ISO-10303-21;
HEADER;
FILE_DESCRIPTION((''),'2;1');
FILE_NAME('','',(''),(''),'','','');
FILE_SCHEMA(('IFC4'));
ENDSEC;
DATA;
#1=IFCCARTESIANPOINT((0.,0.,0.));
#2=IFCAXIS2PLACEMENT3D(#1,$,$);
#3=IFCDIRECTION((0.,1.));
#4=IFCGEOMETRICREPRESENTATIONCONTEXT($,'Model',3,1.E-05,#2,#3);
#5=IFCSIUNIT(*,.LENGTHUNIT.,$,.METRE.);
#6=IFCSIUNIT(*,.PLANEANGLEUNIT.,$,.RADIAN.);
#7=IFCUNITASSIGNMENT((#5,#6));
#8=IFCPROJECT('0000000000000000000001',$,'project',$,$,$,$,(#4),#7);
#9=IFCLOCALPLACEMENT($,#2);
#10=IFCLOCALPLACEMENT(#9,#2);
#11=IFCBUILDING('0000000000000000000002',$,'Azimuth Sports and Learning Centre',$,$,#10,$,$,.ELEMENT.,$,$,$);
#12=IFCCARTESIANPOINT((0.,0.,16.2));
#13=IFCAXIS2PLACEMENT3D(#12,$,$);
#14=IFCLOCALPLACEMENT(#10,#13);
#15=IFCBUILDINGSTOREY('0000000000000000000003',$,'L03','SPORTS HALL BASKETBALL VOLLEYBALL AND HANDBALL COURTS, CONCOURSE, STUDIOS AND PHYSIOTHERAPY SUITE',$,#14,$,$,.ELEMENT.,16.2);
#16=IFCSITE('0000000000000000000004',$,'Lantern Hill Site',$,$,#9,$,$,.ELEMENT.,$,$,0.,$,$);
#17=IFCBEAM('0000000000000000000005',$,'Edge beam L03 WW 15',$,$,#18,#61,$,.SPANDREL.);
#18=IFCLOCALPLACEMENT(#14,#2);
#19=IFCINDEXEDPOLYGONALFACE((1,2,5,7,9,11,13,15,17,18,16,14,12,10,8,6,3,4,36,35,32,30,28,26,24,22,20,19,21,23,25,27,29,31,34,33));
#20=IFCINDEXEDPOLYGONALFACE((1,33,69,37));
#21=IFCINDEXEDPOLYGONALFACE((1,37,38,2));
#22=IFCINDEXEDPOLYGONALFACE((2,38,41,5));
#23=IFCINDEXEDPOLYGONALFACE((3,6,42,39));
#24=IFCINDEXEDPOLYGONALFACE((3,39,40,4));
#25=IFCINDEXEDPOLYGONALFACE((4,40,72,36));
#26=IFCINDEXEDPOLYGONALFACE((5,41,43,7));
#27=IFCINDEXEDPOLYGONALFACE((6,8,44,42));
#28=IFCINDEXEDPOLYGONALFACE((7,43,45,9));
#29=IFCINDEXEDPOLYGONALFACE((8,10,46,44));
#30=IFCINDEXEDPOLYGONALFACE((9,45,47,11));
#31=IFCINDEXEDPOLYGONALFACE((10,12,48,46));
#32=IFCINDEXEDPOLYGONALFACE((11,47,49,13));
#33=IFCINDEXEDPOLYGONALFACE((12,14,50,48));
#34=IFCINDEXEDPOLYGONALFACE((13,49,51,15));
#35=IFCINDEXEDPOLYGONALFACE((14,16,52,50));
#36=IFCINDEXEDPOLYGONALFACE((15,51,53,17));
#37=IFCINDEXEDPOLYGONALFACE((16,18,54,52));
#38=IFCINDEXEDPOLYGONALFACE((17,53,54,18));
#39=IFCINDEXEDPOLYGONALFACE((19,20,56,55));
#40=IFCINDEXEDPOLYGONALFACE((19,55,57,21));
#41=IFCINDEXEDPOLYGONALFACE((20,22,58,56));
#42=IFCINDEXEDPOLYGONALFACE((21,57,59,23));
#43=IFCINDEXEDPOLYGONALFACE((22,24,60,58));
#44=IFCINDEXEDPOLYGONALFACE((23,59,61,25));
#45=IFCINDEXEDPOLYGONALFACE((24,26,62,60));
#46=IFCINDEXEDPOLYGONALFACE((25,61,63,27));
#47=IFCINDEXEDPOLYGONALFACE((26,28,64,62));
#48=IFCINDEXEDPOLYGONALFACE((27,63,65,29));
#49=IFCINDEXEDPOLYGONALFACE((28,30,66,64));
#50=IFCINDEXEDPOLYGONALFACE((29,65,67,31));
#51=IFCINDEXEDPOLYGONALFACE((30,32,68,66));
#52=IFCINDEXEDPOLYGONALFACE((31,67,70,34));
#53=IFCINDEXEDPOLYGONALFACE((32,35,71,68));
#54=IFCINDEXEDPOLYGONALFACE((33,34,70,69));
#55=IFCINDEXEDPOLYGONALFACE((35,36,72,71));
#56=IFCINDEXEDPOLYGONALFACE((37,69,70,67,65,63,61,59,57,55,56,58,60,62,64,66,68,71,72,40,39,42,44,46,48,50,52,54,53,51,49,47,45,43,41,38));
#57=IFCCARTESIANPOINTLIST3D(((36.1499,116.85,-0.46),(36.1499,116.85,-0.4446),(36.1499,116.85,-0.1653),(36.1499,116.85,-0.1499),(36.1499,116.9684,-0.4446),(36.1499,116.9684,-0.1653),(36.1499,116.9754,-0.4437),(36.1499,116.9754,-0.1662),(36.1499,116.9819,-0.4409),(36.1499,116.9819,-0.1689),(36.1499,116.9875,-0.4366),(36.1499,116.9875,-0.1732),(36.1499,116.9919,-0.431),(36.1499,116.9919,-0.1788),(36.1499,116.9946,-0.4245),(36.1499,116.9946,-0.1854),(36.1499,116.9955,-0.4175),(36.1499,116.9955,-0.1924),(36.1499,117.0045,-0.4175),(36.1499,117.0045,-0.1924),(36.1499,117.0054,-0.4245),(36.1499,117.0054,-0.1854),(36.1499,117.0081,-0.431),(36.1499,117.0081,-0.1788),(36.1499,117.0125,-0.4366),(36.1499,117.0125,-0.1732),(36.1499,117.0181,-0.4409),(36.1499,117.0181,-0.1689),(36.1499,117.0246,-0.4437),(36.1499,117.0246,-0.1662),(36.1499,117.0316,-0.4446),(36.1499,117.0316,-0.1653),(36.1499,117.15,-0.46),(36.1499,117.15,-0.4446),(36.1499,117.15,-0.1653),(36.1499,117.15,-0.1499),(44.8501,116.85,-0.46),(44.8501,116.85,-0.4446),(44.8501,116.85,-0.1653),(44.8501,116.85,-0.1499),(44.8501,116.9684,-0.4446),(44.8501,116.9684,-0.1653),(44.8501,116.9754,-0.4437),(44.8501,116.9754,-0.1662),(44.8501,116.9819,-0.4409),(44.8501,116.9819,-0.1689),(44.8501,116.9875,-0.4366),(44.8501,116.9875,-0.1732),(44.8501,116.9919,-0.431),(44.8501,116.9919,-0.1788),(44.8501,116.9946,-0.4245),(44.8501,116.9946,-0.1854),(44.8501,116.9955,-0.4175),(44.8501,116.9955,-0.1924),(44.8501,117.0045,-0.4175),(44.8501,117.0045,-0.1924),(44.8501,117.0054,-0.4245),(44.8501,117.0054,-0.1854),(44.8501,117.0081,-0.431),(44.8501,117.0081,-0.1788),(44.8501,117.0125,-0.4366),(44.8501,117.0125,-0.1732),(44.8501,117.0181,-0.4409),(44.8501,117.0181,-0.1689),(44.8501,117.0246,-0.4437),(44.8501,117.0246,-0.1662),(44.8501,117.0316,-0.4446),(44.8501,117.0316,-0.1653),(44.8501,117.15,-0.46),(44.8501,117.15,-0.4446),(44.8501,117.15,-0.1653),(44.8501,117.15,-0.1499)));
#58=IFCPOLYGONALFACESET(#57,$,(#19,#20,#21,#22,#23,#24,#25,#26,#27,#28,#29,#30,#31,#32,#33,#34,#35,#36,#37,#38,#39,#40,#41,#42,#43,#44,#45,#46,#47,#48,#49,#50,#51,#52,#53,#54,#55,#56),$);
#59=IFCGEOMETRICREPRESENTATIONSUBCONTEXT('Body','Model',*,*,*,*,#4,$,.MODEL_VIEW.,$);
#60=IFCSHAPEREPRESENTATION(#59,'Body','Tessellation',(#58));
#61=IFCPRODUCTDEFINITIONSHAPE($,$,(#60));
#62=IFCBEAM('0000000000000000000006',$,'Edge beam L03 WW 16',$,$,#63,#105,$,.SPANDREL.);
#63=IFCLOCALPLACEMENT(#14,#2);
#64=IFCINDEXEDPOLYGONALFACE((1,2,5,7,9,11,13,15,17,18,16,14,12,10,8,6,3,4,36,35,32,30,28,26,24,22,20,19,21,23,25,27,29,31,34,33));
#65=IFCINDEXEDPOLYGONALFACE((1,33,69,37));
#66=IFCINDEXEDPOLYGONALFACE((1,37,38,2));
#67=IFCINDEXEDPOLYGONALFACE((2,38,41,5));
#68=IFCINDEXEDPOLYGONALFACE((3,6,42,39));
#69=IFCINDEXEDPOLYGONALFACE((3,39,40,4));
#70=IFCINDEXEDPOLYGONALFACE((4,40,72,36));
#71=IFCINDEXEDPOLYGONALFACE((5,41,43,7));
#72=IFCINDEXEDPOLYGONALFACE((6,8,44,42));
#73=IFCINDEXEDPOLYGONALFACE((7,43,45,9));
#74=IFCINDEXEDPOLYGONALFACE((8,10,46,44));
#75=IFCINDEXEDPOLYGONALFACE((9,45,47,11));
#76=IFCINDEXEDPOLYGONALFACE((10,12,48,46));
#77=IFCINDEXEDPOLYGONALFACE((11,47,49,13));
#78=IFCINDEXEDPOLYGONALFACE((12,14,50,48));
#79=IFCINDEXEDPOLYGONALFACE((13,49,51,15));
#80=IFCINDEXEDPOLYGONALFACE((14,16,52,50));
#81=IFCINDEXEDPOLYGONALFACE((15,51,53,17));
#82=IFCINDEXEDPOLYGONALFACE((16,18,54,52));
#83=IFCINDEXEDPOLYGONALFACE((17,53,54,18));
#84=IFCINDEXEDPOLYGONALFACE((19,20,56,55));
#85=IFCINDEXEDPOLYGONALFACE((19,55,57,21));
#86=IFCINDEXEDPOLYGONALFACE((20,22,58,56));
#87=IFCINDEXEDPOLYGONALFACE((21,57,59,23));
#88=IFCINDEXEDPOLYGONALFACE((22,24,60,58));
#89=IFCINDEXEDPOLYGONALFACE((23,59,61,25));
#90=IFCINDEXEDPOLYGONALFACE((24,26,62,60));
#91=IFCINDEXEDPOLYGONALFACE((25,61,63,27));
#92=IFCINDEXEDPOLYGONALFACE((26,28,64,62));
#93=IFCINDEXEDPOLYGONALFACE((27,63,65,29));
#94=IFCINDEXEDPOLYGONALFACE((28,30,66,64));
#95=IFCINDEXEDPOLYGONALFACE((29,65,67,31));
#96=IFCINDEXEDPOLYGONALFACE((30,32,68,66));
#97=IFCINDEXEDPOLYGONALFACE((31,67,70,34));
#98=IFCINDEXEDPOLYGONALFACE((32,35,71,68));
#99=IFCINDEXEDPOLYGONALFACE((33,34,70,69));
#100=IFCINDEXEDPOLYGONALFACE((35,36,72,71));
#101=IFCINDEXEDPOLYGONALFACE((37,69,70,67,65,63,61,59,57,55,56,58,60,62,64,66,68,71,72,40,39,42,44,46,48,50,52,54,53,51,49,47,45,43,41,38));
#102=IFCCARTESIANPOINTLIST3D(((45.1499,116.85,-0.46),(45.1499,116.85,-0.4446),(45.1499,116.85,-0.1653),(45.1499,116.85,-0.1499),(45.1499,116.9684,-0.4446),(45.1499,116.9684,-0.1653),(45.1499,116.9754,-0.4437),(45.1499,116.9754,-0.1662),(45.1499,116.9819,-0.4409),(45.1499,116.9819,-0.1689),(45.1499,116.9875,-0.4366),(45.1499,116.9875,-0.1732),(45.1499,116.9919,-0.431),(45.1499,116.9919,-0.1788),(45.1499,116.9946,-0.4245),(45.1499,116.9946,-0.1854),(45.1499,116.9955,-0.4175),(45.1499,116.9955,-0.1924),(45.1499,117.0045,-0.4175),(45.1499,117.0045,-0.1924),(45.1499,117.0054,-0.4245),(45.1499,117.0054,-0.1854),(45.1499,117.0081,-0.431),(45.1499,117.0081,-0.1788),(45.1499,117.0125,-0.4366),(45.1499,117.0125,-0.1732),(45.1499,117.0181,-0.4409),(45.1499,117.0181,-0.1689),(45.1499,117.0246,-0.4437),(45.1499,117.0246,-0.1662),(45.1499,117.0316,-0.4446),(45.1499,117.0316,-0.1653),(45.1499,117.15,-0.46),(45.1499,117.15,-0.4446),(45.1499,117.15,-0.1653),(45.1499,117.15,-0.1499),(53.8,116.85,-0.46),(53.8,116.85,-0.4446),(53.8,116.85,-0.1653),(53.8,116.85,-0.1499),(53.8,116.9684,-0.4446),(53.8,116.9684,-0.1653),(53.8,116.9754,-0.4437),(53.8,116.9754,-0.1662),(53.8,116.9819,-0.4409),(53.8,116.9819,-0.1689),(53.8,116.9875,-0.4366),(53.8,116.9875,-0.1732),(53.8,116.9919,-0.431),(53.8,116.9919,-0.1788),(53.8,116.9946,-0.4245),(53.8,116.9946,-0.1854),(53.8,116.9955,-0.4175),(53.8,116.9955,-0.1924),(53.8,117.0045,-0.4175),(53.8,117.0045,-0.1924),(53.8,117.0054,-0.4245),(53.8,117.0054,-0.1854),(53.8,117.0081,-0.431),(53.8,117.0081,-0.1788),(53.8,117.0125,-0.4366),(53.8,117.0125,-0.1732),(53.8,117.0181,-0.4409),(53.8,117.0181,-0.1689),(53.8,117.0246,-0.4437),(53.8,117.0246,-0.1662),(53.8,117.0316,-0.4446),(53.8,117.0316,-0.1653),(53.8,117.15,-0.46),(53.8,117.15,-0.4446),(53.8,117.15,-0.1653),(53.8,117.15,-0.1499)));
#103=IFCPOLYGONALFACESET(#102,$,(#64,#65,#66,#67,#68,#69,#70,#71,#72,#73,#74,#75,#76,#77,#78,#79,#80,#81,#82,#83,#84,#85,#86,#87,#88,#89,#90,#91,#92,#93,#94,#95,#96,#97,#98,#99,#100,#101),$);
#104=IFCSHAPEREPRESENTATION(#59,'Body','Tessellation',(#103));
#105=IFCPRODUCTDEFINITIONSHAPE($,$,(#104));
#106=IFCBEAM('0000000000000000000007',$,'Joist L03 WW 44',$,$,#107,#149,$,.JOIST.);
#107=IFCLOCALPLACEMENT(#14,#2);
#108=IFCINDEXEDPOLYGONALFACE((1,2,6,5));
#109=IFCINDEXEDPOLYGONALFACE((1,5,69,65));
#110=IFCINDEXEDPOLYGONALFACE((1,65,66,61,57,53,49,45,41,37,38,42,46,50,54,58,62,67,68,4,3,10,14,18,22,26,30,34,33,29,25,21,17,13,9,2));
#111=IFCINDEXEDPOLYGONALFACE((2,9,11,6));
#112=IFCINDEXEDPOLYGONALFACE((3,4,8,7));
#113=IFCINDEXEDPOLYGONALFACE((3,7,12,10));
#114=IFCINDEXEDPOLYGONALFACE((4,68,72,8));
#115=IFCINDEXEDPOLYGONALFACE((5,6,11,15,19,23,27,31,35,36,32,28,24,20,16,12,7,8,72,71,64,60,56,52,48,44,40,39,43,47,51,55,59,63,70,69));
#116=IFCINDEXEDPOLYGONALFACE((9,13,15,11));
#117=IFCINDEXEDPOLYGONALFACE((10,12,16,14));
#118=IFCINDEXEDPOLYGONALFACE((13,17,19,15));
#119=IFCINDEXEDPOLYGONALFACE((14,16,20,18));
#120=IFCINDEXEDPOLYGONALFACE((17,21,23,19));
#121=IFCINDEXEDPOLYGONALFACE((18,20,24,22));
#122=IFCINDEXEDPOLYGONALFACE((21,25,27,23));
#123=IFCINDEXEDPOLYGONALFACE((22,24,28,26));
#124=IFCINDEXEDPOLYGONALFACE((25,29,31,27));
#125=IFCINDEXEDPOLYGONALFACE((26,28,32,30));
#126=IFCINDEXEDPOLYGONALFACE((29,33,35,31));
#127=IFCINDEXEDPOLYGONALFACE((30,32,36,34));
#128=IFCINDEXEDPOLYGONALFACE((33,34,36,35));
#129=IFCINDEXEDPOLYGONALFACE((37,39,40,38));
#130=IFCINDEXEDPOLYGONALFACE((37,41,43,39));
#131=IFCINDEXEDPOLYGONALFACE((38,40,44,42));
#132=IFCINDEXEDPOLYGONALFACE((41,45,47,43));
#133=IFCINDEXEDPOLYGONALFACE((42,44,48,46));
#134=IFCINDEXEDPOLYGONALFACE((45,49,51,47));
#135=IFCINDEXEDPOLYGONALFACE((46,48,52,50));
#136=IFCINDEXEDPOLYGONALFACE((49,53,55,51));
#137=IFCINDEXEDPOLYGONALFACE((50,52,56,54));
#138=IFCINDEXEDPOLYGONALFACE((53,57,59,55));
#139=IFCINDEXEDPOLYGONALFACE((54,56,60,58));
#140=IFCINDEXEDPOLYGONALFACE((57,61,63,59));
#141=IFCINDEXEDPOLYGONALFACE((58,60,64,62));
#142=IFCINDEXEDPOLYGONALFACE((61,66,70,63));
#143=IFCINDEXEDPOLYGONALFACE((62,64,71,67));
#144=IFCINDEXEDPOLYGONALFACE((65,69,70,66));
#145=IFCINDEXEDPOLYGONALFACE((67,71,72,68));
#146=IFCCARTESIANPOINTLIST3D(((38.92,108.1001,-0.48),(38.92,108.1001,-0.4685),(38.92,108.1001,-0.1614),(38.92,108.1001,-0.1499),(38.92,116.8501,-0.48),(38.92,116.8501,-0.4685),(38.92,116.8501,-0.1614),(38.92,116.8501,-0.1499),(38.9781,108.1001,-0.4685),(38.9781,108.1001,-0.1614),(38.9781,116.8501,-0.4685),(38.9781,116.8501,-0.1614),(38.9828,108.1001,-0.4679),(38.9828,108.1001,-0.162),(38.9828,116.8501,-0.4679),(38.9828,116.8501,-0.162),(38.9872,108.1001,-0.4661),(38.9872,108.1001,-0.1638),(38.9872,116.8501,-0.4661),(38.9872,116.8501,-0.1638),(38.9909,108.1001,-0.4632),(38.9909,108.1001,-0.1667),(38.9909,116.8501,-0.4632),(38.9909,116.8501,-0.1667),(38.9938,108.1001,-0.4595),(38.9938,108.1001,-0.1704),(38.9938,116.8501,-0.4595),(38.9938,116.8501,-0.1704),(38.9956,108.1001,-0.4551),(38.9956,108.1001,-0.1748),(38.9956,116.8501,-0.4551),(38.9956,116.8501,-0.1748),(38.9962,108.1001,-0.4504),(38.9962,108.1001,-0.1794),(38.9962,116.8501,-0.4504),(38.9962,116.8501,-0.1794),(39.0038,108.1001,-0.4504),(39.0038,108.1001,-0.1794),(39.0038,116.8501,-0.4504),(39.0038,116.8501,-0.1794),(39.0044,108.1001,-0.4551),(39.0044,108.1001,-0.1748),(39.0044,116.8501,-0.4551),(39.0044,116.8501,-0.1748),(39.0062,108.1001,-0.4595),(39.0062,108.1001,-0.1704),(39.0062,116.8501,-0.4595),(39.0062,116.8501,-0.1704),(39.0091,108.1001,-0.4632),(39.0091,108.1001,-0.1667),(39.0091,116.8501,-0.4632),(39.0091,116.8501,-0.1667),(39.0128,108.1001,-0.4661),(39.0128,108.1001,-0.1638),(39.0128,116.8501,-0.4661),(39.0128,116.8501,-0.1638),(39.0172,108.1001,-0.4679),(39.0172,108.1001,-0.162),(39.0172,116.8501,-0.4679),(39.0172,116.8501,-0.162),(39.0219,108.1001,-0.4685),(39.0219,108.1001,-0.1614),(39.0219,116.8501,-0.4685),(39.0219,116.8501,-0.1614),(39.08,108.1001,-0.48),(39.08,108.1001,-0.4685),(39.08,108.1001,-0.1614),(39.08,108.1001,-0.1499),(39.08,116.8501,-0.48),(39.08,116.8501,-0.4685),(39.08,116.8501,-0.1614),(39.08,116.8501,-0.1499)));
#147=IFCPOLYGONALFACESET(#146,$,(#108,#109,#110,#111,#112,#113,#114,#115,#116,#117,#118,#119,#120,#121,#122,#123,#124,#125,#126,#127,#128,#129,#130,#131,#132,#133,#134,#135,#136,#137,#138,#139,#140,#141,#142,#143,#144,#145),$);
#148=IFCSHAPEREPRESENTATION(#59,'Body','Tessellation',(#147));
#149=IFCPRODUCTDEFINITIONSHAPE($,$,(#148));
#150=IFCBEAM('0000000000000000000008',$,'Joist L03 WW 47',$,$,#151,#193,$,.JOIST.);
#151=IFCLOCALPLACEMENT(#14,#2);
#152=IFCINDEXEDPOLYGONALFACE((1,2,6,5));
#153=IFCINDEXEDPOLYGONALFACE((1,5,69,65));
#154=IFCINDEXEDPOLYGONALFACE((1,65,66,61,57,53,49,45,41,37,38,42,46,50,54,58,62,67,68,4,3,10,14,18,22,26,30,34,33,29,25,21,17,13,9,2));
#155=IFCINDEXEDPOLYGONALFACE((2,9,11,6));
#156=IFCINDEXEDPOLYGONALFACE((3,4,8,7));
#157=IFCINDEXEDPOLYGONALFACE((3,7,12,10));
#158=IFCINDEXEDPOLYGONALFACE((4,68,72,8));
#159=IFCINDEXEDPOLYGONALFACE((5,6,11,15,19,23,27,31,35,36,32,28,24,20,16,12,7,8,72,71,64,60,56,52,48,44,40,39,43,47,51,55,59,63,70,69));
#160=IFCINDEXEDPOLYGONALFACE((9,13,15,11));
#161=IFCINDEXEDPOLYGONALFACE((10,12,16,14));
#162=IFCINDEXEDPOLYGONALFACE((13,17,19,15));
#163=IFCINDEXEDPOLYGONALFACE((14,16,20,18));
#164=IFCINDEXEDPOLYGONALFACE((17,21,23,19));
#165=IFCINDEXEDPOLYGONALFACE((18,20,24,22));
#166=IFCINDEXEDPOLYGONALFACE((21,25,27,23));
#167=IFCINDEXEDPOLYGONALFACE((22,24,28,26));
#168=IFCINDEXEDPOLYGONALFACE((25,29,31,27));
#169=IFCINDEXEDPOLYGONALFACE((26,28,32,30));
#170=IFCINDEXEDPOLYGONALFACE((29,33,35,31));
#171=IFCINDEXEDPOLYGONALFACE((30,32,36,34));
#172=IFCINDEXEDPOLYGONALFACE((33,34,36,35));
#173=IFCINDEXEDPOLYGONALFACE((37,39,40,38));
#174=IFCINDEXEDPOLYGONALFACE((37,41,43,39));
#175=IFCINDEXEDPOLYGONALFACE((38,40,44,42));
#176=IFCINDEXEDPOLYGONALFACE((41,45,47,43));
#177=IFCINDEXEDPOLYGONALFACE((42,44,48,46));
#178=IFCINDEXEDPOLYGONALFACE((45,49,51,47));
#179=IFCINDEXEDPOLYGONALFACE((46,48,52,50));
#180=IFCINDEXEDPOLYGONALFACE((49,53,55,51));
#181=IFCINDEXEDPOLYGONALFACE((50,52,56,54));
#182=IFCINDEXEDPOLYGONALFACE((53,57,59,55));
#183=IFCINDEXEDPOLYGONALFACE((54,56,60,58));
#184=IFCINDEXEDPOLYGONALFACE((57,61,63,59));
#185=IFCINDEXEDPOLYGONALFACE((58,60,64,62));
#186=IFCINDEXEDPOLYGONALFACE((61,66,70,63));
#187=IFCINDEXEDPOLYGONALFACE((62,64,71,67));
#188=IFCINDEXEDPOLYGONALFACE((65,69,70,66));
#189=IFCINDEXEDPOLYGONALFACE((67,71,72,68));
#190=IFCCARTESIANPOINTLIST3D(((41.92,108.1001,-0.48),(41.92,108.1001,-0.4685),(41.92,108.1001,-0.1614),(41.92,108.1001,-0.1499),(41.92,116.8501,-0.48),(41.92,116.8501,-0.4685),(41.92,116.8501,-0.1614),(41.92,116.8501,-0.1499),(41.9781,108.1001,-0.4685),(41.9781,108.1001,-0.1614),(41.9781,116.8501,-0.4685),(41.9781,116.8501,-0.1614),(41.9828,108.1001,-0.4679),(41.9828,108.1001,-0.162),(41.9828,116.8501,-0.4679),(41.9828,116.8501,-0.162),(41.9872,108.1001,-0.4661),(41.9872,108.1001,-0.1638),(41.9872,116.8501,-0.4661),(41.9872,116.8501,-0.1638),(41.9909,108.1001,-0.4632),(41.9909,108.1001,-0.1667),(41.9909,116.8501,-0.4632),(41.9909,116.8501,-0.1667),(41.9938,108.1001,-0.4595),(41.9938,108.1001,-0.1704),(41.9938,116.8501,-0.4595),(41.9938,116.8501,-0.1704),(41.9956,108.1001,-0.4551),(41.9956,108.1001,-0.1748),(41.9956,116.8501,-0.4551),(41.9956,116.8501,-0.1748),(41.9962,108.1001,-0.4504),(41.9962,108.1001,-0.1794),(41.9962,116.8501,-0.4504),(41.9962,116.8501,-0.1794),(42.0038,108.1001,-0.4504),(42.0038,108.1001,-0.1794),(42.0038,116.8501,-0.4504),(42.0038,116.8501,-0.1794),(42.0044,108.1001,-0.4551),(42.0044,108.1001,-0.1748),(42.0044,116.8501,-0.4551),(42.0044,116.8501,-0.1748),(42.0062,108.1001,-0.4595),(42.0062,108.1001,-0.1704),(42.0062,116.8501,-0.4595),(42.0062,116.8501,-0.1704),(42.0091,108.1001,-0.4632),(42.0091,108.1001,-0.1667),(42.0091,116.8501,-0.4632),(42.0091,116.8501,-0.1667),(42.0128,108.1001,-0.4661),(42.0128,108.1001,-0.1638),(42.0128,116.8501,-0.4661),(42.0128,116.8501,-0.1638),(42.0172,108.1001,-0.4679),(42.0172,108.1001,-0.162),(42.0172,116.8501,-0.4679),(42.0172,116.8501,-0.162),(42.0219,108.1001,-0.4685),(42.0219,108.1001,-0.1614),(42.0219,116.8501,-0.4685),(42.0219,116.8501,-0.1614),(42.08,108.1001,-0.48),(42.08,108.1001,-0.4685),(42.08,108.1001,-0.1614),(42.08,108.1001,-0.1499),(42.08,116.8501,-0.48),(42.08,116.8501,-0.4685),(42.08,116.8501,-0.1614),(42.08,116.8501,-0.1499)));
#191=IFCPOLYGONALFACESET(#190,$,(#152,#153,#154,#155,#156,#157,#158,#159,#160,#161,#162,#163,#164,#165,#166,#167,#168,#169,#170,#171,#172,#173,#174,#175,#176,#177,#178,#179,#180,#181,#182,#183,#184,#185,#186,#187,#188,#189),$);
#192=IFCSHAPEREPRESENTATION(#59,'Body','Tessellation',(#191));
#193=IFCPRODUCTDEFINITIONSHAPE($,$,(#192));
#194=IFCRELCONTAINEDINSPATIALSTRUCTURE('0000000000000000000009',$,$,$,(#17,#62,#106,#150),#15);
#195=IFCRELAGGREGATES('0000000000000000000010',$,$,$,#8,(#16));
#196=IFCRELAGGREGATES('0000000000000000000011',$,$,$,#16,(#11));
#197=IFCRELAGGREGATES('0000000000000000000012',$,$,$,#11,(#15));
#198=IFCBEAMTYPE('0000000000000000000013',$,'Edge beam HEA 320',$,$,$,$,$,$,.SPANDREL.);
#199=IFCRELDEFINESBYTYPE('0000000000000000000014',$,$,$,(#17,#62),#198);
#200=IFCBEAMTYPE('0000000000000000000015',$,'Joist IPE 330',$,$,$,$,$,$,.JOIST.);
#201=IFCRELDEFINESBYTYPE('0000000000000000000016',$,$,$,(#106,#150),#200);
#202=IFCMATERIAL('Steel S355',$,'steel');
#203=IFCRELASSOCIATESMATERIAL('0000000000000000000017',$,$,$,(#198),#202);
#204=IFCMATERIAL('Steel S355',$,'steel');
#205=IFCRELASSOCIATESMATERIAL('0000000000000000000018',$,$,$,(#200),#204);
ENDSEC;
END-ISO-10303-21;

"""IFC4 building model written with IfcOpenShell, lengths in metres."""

from ifc_helpers import new_model, si_unit, direction, frame, origin, origin_2d, place, context, subcontext, project, spatial, i_section, extrude, material, material_profile, profile_set, type_object, element, save


model = new_model("IFC4")

# Units and contexts
model_context = context("Model", 3, precision=1e-05, world=origin(), true_north=direction((0.0, 1.0)))
body_context = subcontext(model_context, "Body", "Model", "MODEL_VIEW")
ifc_project = project(units=[si_unit("LENGTHUNIT", "METRE"), si_unit("PLANEANGLEUNIT", "RADIAN")], contexts=[model_context])

# Site, building, storey
site_placement = place(None, origin())
site = spatial("IfcSite", under=ifc_project, at=site_placement, Name="Lantern Hill Site", CompositionType="ELEMENT", RefElevation=0.0)
building_placement = place(site_placement, origin())
building = spatial("IfcBuilding", under=site, at=building_placement, Name="Azimuth Sports and Learning Centre", CompositionType="ELEMENT")
storey_placement = place(building_placement, frame((0.0, 0.0, 16.2)))
storey = spatial("IfcBuildingStorey", under=building, at=storey_placement, Name="L03", Description="SPORTS HALL BASKETBALL VOLLEYBALL AND HANDBALL COURTS, CONCOURSE, STUDIOS AND PHYSIOTHERAPY SUITE", CompositionType="ELEMENT", Elevation=16.2)

# Beams
ifc_material_1 = material(Name="Steel S355", Category="steel")
ifc_material_profile_1 = material_profile(ifc_material_1, i_section(OverallWidth=0.3, OverallDepth=0.3101, WebThickness=0.009, FlangeThickness=0.0154, FilletRadius=0.0271, at=origin_2d()), Name="HEA 320")
ifc_profile_set_1 = profile_set([ifc_material_profile_1], Name="Steel S355")
beam_type_1 = type_object("IfcBeamType", Name="Edge beam HEA 320", PredefinedType="SPANDREL", material=ifc_profile_set_1)
beam_1_placement = place(storey_placement, frame((36.1499, 117.0, -0.3049), z_axis=(1.0, 0.0, 0.0), x_axis=(0.0, 1.0, 0.0)))
element("IfcBeam", 1, at=beam_1_placement, inside=storey, type_object=beam_type_1, Name="Edge beam L03 WW 15", PredefinedType="SPANDREL", context=body_context, shape_type="SweptSolid", body=[
    extrude(i_section(OverallWidth=0.3, OverallDepth=0.3101, WebThickness=0.009, FlangeThickness=0.0154, FilletRadius=0.0271, at=origin_2d()), origin(), (0.0, 0.0, 1.0), 8.7002),
])
beam_2_placement = place(storey_placement, frame((45.1499, 117.0, -0.3049), z_axis=(1.0, 0.0, 0.0), x_axis=(0.0, 1.0, 0.0)))
element("IfcBeam", 2, at=beam_2_placement, inside=storey, type_object=beam_type_1, Name="Edge beam L03 WW 16", PredefinedType="SPANDREL", context=body_context, shape_type="SweptSolid", body=[
    extrude(i_section(OverallWidth=0.3, OverallDepth=0.3101, WebThickness=0.009, FlangeThickness=0.0154, FilletRadius=0.0271, at=origin_2d()), origin(), (0.0, 0.0, 1.0), 8.6501),
])
ifc_material_2 = material(Name="Steel S355", Category="steel")
ifc_material_profile_2 = material_profile(ifc_material_2, i_section(OverallWidth=0.1599, OverallDepth=0.3301, WebThickness=0.0076, FlangeThickness=0.0115, FilletRadius=0.0181, at=origin_2d()), Name="IPE 330")
ifc_profile_set_2 = profile_set([ifc_material_profile_2], Name="Steel S355")
beam_type_2 = type_object("IfcBeamType", Name="Joist IPE 330", PredefinedType="JOIST", material=ifc_profile_set_2)
for number, where, z_axis, x_axis, name in (
    (3, (39.0, 108.1001, -0.3149), (0.0, 1.0, 0.0), (-1.0, 0.0, 0.0), "Joist L03 WW 44"),
    (4, (42.0, 108.1001, -0.3149), (0.0, 1.0, 0.0), (-1.0, 0.0, 0.0), "Joist L03 WW 47"),
):
    element("IfcBeam", number, at=place(storey_placement, frame(where, z_axis=z_axis, x_axis=x_axis)), inside=storey, type_object=beam_type_2, Name=name, PredefinedType="JOIST", context=body_context, shape_type="SweptSolid", body=[
        extrude(i_section(OverallWidth=0.1599, OverallDepth=0.3301, WebThickness=0.0076, FlangeThickness=0.0115, FilletRadius=0.0181, at=origin_2d()), origin(), (0.0, 0.0, 1.0), 8.75),
    ])

save(model, "model.ifc")
